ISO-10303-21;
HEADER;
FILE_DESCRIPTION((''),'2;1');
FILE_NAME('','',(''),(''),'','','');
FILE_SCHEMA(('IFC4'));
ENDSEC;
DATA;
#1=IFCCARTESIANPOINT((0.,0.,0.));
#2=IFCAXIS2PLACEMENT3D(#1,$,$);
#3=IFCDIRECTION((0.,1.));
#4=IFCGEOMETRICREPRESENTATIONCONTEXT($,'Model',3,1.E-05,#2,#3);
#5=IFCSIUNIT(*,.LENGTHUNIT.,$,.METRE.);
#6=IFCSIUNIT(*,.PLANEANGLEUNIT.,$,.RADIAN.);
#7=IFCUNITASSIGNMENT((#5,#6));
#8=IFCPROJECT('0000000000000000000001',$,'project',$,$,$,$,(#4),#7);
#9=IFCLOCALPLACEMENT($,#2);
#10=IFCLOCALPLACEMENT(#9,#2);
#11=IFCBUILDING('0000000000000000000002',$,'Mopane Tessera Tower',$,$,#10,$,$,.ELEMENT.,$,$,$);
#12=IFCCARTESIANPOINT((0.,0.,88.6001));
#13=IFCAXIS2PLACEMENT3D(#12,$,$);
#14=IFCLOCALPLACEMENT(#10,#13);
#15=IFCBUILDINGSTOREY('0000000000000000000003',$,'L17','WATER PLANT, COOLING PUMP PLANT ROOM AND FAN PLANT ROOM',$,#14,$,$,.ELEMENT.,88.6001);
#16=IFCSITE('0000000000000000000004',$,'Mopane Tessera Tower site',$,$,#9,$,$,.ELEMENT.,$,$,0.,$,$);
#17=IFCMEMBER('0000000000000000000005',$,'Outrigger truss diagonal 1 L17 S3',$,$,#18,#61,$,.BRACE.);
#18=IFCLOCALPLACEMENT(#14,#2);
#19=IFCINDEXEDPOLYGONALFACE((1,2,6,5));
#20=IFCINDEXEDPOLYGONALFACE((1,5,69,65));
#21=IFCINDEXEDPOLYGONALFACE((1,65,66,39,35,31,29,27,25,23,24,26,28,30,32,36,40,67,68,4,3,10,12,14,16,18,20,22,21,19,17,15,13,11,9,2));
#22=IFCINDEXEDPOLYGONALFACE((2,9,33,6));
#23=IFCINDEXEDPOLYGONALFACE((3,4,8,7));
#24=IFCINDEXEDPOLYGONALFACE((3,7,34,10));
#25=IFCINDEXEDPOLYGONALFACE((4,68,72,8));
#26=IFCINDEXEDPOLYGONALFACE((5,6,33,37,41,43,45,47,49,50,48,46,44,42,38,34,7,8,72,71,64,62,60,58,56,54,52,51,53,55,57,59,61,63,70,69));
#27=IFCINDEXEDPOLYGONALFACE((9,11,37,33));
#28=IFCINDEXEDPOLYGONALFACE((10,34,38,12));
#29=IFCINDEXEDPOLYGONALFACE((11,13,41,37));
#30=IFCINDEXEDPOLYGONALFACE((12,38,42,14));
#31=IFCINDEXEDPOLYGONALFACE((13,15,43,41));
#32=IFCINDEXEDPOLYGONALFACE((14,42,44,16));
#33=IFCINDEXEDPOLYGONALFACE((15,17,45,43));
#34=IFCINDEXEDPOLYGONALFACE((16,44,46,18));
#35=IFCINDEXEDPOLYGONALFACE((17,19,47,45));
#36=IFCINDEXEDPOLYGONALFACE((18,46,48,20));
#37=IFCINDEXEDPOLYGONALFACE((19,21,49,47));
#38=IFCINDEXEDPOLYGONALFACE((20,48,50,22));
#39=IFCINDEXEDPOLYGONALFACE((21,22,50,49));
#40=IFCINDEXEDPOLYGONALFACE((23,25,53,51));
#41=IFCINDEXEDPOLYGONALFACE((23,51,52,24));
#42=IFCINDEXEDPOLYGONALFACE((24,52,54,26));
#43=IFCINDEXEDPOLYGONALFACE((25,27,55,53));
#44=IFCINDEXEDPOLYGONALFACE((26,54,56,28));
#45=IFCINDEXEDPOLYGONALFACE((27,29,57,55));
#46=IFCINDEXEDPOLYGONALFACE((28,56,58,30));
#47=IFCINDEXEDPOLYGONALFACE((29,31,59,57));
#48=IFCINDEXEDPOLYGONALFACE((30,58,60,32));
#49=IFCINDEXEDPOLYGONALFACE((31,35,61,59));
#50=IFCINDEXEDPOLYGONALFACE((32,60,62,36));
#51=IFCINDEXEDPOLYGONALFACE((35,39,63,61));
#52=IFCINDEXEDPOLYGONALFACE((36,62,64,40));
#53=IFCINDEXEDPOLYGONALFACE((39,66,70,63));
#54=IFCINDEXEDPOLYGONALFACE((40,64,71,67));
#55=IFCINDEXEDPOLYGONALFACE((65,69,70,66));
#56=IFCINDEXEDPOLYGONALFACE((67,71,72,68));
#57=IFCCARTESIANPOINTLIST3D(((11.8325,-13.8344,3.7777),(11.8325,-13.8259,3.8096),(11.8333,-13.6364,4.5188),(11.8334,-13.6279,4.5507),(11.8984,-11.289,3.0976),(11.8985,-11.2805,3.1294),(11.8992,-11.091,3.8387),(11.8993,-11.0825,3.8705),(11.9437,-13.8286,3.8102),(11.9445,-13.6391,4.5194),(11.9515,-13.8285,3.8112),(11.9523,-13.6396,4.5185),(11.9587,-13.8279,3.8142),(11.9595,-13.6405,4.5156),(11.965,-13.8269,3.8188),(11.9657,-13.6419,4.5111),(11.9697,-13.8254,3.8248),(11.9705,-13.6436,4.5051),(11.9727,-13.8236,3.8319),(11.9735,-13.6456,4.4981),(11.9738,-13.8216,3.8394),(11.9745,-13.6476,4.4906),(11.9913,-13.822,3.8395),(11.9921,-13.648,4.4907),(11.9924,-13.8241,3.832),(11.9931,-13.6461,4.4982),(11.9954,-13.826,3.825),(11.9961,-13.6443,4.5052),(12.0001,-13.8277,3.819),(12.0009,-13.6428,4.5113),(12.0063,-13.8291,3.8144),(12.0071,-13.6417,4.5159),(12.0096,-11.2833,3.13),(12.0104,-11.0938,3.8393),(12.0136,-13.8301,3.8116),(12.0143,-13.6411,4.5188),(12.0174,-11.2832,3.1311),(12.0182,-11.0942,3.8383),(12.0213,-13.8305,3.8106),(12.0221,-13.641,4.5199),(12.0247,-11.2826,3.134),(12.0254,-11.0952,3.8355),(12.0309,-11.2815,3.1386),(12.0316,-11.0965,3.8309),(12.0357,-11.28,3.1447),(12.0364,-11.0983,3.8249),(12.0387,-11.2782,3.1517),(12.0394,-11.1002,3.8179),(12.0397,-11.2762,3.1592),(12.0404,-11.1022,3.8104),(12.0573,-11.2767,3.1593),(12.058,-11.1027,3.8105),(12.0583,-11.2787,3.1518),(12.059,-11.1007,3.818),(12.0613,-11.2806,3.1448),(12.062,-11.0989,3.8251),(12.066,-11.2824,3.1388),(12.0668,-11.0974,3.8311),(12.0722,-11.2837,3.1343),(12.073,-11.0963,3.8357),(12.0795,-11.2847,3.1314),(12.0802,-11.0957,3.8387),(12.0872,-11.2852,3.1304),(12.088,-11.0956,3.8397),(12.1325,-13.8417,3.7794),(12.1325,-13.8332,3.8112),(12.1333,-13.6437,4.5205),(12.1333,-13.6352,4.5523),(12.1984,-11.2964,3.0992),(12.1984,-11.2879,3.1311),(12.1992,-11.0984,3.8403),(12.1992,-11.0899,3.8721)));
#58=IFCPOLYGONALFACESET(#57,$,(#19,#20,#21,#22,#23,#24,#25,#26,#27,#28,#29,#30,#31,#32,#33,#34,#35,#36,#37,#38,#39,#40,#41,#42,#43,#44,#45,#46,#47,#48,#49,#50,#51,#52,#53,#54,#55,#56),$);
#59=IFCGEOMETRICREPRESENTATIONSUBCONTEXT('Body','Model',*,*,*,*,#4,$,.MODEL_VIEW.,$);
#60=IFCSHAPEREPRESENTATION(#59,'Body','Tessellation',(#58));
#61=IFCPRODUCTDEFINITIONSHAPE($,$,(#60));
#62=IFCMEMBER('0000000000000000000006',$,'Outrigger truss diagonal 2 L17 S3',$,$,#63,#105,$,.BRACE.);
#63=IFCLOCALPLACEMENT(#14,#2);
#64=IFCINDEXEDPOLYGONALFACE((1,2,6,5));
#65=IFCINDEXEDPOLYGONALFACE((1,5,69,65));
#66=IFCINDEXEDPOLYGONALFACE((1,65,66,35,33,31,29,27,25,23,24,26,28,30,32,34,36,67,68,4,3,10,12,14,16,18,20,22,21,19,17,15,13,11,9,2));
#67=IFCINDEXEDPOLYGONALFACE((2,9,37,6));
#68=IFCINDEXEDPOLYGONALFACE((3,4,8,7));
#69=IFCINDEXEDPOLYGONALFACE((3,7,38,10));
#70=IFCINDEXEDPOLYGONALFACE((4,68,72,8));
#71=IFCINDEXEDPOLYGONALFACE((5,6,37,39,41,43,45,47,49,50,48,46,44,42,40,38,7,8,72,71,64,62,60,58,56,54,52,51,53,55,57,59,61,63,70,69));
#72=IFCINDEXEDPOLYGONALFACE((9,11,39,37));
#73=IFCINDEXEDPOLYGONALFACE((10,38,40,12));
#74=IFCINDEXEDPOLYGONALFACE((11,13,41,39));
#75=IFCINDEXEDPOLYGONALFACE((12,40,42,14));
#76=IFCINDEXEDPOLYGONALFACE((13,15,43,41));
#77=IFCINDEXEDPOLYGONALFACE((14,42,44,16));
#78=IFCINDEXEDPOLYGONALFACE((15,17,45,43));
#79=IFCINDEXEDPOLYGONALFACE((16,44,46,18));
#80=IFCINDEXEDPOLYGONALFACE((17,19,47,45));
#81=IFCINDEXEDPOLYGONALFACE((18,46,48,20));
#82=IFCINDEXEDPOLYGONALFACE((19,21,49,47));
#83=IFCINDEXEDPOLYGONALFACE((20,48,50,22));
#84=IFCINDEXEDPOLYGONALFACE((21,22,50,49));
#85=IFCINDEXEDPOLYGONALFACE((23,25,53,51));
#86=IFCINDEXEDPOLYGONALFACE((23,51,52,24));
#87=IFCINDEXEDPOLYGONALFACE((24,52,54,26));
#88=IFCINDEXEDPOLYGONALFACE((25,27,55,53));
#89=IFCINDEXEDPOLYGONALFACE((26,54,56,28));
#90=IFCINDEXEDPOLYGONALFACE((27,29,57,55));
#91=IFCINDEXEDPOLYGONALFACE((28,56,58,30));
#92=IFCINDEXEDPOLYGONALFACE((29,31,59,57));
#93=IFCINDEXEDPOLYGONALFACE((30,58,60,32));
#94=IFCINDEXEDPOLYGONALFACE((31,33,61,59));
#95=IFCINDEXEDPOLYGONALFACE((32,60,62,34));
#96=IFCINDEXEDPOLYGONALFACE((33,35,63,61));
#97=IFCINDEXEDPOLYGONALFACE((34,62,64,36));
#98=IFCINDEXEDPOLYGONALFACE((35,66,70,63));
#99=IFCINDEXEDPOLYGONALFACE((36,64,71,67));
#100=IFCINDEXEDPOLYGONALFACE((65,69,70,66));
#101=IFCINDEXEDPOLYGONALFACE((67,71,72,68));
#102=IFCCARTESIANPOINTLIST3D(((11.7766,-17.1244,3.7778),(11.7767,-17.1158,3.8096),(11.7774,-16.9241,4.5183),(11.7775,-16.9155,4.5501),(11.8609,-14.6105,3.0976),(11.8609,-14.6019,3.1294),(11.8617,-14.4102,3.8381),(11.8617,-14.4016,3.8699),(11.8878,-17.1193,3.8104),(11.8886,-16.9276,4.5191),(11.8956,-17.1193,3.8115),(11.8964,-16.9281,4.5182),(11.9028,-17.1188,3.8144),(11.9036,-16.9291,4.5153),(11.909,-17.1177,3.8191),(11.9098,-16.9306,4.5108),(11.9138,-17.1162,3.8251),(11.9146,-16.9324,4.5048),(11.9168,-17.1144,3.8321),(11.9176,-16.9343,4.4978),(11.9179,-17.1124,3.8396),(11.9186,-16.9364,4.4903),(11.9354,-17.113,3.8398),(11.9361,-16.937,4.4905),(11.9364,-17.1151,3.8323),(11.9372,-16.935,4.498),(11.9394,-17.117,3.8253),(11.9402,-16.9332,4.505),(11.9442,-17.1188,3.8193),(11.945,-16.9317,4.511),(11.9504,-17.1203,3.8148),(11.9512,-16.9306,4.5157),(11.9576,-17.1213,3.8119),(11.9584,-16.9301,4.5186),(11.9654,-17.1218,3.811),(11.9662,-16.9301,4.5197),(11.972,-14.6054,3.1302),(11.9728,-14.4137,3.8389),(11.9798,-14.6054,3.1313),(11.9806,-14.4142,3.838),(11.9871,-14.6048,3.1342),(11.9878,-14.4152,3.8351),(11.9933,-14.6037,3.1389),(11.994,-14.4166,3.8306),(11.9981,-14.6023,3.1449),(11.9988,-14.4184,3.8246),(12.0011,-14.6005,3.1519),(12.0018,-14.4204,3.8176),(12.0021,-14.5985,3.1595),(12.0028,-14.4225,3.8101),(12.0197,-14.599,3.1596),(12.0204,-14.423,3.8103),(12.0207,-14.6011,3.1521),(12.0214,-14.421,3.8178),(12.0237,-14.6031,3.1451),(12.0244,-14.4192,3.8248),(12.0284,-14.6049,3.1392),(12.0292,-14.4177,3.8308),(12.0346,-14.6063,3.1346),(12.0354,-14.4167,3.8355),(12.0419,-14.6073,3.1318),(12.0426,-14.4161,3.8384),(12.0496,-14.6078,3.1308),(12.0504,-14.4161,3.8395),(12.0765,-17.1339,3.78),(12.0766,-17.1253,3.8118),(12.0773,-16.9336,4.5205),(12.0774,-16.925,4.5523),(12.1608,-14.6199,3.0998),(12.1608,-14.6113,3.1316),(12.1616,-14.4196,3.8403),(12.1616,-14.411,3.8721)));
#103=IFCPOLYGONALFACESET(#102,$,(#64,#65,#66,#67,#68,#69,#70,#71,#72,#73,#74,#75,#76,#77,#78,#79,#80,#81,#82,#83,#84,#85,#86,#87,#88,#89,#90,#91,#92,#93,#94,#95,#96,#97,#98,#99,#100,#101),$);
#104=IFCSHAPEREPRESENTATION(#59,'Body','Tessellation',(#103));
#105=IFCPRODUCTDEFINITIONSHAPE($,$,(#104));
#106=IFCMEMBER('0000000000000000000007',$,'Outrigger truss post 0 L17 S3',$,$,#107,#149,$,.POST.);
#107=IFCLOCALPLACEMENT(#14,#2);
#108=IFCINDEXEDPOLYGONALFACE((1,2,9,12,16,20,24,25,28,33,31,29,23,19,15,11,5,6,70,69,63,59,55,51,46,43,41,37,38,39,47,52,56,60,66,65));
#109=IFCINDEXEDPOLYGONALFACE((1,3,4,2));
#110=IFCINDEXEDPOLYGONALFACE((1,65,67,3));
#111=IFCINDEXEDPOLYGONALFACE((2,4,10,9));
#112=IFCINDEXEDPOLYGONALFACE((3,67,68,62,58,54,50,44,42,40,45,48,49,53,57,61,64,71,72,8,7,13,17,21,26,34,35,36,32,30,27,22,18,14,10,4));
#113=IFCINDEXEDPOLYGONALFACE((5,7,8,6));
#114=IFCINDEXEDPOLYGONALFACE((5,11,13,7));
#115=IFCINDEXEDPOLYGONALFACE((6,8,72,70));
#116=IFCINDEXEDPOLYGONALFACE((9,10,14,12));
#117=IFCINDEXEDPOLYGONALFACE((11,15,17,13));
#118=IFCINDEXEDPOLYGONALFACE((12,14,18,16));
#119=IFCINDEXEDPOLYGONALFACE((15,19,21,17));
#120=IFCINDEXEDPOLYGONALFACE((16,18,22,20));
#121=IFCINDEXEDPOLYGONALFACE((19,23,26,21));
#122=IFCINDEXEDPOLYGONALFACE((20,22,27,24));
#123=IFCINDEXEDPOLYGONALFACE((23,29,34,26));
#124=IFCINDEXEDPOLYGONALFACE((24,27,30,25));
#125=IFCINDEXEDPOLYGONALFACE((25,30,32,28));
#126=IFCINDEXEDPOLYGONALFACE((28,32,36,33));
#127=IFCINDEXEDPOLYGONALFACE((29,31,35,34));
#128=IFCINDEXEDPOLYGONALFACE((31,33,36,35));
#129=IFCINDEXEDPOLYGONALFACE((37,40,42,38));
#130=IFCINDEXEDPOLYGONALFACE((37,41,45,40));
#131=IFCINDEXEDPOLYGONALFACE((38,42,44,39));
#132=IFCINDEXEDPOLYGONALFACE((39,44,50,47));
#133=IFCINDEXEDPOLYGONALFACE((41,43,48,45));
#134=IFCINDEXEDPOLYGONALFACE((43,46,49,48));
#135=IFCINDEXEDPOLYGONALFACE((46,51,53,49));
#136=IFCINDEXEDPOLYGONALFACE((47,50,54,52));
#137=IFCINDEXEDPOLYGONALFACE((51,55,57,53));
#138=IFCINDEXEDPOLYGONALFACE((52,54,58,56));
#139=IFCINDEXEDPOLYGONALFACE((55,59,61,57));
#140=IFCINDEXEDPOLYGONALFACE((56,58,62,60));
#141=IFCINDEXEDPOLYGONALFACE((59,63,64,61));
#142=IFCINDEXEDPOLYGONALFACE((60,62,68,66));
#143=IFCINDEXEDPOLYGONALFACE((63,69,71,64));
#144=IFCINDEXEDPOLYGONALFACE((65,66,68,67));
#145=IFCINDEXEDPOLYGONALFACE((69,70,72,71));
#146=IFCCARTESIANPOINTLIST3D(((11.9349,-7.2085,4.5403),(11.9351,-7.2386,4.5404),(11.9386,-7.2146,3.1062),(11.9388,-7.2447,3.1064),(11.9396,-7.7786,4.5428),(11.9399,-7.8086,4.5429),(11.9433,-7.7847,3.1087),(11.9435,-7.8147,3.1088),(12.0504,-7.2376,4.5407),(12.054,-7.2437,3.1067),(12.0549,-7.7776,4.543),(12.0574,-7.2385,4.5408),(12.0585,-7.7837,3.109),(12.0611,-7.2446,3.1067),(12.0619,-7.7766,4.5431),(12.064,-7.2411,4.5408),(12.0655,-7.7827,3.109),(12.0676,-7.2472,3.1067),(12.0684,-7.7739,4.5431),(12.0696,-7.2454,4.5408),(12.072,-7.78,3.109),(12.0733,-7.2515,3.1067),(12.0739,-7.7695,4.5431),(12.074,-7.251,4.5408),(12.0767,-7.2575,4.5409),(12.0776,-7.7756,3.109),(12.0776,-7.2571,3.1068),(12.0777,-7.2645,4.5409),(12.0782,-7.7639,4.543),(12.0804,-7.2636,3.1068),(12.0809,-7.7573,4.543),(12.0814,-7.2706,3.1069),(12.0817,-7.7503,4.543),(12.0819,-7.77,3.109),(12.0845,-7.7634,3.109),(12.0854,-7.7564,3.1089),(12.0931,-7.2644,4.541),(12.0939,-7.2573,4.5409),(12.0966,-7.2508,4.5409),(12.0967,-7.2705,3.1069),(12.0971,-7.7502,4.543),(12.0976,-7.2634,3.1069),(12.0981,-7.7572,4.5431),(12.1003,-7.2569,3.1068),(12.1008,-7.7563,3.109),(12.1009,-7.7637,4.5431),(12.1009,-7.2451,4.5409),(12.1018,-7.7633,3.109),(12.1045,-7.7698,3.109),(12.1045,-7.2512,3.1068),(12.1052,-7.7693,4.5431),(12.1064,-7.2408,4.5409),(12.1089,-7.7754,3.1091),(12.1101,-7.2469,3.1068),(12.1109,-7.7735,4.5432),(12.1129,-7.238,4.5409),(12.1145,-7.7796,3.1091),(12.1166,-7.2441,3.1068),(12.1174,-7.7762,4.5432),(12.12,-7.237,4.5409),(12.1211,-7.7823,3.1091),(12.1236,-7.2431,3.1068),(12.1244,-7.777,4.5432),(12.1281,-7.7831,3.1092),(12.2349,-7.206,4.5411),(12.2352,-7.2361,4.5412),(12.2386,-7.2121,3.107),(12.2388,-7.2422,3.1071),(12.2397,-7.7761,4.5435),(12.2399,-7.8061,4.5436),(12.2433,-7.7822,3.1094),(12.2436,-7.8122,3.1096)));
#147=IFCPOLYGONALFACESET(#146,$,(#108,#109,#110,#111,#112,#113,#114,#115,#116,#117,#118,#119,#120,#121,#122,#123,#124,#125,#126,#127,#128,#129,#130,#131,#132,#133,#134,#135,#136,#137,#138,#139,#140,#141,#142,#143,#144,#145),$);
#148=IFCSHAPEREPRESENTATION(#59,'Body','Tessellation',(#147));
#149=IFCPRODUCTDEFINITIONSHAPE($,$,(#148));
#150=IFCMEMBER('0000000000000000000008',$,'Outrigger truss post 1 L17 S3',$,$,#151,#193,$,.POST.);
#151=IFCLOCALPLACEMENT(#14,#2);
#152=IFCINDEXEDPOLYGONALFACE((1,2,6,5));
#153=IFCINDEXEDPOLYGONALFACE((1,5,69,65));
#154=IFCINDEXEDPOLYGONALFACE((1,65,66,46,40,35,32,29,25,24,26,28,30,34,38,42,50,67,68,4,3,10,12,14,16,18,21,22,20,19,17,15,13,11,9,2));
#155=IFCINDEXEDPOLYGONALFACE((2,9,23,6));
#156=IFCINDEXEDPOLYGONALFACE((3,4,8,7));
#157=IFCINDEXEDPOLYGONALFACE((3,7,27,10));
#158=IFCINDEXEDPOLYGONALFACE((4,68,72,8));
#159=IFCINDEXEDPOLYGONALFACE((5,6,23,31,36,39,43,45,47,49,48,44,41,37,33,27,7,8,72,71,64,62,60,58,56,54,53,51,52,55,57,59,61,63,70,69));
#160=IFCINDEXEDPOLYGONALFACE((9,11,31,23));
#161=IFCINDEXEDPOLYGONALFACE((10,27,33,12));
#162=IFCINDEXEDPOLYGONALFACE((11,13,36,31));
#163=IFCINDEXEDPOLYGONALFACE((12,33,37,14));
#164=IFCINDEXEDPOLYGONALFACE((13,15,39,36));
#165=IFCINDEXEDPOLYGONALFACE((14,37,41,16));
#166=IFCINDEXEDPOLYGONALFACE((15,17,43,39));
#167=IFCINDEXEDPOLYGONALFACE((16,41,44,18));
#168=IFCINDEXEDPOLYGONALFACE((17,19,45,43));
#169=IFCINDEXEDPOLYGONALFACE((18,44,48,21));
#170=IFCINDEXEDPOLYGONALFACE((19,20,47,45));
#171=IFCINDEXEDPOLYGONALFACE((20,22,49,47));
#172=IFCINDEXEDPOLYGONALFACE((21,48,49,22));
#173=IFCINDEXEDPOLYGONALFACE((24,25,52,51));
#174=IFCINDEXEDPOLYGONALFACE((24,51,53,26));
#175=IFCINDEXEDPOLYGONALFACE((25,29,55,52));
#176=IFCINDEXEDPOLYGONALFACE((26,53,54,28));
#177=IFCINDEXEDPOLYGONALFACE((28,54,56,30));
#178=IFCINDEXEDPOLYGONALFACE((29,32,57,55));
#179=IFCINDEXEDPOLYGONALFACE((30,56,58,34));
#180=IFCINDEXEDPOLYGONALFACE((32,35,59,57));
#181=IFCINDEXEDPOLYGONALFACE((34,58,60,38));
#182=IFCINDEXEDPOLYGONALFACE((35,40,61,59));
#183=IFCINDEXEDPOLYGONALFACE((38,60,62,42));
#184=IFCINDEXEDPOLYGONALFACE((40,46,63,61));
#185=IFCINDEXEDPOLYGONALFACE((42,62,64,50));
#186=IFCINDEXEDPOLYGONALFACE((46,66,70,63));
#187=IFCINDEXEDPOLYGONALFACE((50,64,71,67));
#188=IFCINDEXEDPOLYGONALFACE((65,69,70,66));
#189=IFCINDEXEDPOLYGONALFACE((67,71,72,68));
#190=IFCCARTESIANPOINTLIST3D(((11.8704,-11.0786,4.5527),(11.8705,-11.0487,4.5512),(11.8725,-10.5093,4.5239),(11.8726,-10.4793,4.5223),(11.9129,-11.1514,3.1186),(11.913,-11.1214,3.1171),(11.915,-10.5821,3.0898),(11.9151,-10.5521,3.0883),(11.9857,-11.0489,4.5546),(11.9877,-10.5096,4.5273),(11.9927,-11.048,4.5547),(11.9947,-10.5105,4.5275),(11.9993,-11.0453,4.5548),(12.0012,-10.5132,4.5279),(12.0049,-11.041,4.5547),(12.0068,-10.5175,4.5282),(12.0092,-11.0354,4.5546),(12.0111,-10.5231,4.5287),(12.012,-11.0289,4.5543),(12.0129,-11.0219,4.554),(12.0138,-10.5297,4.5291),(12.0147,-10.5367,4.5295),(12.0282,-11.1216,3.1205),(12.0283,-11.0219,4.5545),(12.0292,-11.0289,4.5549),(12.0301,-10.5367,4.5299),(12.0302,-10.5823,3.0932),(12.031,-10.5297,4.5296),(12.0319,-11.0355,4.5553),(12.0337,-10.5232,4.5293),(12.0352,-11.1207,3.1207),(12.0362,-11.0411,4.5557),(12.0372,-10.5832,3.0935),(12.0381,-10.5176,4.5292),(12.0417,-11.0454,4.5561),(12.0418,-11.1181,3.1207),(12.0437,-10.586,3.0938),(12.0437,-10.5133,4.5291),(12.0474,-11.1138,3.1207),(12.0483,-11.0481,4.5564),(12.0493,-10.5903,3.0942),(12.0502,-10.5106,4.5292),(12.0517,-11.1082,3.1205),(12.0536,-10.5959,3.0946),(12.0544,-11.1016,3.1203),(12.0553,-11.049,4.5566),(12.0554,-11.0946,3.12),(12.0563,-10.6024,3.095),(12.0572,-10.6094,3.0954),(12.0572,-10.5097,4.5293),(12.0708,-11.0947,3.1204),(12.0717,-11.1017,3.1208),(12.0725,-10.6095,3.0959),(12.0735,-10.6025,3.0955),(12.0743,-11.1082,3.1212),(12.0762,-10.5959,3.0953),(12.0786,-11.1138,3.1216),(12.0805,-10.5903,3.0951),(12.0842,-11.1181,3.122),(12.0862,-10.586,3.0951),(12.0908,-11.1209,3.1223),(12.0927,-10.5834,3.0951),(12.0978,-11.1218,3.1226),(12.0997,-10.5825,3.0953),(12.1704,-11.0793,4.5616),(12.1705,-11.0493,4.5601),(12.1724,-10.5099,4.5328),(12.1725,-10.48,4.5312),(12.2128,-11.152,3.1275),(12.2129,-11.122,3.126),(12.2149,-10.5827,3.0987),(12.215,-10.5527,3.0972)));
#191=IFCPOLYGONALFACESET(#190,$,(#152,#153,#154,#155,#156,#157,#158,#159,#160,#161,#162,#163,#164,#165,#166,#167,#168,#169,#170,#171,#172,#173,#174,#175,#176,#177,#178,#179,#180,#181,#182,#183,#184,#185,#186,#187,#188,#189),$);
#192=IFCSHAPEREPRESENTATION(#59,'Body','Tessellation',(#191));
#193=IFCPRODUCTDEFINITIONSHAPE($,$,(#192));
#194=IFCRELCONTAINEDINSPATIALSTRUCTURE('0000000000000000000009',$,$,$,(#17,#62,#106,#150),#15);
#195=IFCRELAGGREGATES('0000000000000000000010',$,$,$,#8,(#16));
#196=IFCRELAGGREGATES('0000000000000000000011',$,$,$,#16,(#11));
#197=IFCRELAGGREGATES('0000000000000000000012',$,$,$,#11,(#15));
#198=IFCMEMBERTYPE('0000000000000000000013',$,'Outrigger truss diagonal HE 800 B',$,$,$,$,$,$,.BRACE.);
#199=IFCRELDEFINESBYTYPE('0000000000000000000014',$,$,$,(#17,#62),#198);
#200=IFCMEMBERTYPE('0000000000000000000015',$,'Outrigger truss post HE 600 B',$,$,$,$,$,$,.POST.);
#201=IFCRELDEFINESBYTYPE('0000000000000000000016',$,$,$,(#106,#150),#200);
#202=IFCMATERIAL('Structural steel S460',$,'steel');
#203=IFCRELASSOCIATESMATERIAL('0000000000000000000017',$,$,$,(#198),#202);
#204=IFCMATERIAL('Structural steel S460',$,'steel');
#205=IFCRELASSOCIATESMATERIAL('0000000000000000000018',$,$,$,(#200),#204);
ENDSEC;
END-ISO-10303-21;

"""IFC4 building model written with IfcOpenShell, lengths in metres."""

from ifc_helpers import new_model, si_unit, direction, frame, origin, origin_2d, place, context, subcontext, project, spatial, i_section, extrude, material, material_profile, profile_set, type_object, element, save


model = new_model("IFC4")

# Units and contexts
model_context = context("Model", 3, precision=1e-05, world=origin(), true_north=direction((0.0, 1.0)))
body_context = subcontext(model_context, "Body", "Model", "MODEL_VIEW")
ifc_project = project(units=[si_unit("LENGTHUNIT", "METRE"), si_unit("PLANEANGLEUNIT", "RADIAN")], contexts=[model_context])

# Site, building, storey
site_placement = place(None, origin())
site = spatial("IfcSite", under=ifc_project, at=site_placement, Name="Mopane Tessera Tower site", CompositionType="ELEMENT", RefElevation=0.0)
building_placement = place(site_placement, origin())
building = spatial("IfcBuilding", under=site, at=building_placement, Name="Mopane Tessera Tower", CompositionType="ELEMENT")
storey_placement = place(building_placement, frame((0.0, 0.0, 88.6001)))
storey = spatial("IfcBuildingStorey", under=building, at=storey_placement, Name="L17", Description="WATER PLANT, COOLING PUMP PLANT ROOM AND FAN PLANT ROOM", CompositionType="ELEMENT", Elevation=88.6001)

# Members
ifc_material_1 = material(Name="Structural steel S460", Category="steel")
ifc_material_profile_1 = material_profile(ifc_material_1, i_section(OverallWidth=0.3, OverallDepth=0.8, WebThickness=0.0176, FlangeThickness=0.033, FilletRadius=0.03, at=origin_2d()))
ifc_profile_set_1 = profile_set([ifc_material_profile_1], Name="Structural steel S460")
member_type_1 = type_object("IfcMemberType", Name="Outrigger truss diagonal HE 800 B", PredefinedType="BRACE", material=ifc_profile_set_1)
member_1_placement = place(storey_placement, frame((12.0488, -11.1895, 3.4849), z_axis=(-0.025011, -0.9658, 0.258078), x_axis=(0.999687, -0.024434, 0.005443)))
element("IfcMember", 1, at=member_1_placement, inside=storey, type_object=member_type_1, Name="Outrigger truss diagonal 1 L17 S3", PredefinedType="BRACE", context=body_context, shape_type="SweptSolid", body=[
    extrude(i_section(OverallWidth=0.3, OverallDepth=0.8, WebThickness=0.0176, FlangeThickness=0.033, FilletRadius=0.03, at=origin_2d()), origin(), (0.0, 0.0, 1.0), 2.6355),
])
member_2_placement = place(storey_placement, frame((12.0112, -14.5107, 3.4849), z_axis=(-0.032325, -0.964787, 0.261037), x_axis=(0.999477, -0.031479, 0.007423)))
element("IfcMember", 2, at=member_2_placement, inside=storey, type_object=member_type_1, Name="Outrigger truss diagonal 2 L17 S3", PredefinedType="BRACE", context=body_context, shape_type="SweptSolid", body=[
    extrude(i_section(OverallWidth=0.3, OverallDepth=0.8, WebThickness=0.0176, FlangeThickness=0.033, FilletRadius=0.03, at=origin_2d()), origin(), (0.0, 0.0, 1.0), 2.6057),
])
ifc_material_2 = material(Name="Structural steel S460", Category="steel")
ifc_material_profile_2 = material_profile(ifc_material_2, i_section(OverallWidth=0.3, OverallDepth=0.6001, WebThickness=0.0154, FlangeThickness=0.03, FilletRadius=0.0271, at=origin_2d()))
ifc_profile_set_2 = profile_set([ifc_material_profile_2], Name="Structural steel S460")
member_type_2 = type_object("IfcMemberType", Name="Outrigger truss post HE 600 B", PredefinedType="POST", material=ifc_profile_set_2)
member_3_placement = place(storey_placement, frame((12.0911, -7.5134, 3.1079), z_axis=(-0.002554, 0.004256, 0.999988), x_axis=(0.999962, 0.008306, 0.002518)))
element("IfcMember", 3, at=member_3_placement, inside=storey, type_object=member_type_2, Name="Outrigger truss post 0 L17 S3", PredefinedType="POST", context=body_context, shape_type="SweptSolid", body=[
    extrude(i_section(OverallWidth=0.3, OverallDepth=0.6001, WebThickness=0.0154, FlangeThickness=0.03, FilletRadius=0.0271, at=origin_2d()), origin(), (0.0, 0.0, 1.0), 1.4341),
])
member_4_placement = place(storey_placement, frame((12.064, -10.8521, 3.1079), z_axis=(-0.029571, 0.050645, 0.998279), x_axis=(0.999556, -0.002129, 0.029717)))
element("IfcMember", 4, at=member_4_placement, inside=storey, type_object=member_type_2, Name="Outrigger truss post 1 L17 S3", PredefinedType="POST", context=body_context, shape_type="SweptSolid", body=[
    extrude(i_section(OverallWidth=0.3, OverallDepth=0.6001, WebThickness=0.0154, FlangeThickness=0.03, FilletRadius=0.0271, at=origin_2d()), origin(), (0.0, 0.0, 1.0), 1.4365),
])

save(model, "model.ifc")
